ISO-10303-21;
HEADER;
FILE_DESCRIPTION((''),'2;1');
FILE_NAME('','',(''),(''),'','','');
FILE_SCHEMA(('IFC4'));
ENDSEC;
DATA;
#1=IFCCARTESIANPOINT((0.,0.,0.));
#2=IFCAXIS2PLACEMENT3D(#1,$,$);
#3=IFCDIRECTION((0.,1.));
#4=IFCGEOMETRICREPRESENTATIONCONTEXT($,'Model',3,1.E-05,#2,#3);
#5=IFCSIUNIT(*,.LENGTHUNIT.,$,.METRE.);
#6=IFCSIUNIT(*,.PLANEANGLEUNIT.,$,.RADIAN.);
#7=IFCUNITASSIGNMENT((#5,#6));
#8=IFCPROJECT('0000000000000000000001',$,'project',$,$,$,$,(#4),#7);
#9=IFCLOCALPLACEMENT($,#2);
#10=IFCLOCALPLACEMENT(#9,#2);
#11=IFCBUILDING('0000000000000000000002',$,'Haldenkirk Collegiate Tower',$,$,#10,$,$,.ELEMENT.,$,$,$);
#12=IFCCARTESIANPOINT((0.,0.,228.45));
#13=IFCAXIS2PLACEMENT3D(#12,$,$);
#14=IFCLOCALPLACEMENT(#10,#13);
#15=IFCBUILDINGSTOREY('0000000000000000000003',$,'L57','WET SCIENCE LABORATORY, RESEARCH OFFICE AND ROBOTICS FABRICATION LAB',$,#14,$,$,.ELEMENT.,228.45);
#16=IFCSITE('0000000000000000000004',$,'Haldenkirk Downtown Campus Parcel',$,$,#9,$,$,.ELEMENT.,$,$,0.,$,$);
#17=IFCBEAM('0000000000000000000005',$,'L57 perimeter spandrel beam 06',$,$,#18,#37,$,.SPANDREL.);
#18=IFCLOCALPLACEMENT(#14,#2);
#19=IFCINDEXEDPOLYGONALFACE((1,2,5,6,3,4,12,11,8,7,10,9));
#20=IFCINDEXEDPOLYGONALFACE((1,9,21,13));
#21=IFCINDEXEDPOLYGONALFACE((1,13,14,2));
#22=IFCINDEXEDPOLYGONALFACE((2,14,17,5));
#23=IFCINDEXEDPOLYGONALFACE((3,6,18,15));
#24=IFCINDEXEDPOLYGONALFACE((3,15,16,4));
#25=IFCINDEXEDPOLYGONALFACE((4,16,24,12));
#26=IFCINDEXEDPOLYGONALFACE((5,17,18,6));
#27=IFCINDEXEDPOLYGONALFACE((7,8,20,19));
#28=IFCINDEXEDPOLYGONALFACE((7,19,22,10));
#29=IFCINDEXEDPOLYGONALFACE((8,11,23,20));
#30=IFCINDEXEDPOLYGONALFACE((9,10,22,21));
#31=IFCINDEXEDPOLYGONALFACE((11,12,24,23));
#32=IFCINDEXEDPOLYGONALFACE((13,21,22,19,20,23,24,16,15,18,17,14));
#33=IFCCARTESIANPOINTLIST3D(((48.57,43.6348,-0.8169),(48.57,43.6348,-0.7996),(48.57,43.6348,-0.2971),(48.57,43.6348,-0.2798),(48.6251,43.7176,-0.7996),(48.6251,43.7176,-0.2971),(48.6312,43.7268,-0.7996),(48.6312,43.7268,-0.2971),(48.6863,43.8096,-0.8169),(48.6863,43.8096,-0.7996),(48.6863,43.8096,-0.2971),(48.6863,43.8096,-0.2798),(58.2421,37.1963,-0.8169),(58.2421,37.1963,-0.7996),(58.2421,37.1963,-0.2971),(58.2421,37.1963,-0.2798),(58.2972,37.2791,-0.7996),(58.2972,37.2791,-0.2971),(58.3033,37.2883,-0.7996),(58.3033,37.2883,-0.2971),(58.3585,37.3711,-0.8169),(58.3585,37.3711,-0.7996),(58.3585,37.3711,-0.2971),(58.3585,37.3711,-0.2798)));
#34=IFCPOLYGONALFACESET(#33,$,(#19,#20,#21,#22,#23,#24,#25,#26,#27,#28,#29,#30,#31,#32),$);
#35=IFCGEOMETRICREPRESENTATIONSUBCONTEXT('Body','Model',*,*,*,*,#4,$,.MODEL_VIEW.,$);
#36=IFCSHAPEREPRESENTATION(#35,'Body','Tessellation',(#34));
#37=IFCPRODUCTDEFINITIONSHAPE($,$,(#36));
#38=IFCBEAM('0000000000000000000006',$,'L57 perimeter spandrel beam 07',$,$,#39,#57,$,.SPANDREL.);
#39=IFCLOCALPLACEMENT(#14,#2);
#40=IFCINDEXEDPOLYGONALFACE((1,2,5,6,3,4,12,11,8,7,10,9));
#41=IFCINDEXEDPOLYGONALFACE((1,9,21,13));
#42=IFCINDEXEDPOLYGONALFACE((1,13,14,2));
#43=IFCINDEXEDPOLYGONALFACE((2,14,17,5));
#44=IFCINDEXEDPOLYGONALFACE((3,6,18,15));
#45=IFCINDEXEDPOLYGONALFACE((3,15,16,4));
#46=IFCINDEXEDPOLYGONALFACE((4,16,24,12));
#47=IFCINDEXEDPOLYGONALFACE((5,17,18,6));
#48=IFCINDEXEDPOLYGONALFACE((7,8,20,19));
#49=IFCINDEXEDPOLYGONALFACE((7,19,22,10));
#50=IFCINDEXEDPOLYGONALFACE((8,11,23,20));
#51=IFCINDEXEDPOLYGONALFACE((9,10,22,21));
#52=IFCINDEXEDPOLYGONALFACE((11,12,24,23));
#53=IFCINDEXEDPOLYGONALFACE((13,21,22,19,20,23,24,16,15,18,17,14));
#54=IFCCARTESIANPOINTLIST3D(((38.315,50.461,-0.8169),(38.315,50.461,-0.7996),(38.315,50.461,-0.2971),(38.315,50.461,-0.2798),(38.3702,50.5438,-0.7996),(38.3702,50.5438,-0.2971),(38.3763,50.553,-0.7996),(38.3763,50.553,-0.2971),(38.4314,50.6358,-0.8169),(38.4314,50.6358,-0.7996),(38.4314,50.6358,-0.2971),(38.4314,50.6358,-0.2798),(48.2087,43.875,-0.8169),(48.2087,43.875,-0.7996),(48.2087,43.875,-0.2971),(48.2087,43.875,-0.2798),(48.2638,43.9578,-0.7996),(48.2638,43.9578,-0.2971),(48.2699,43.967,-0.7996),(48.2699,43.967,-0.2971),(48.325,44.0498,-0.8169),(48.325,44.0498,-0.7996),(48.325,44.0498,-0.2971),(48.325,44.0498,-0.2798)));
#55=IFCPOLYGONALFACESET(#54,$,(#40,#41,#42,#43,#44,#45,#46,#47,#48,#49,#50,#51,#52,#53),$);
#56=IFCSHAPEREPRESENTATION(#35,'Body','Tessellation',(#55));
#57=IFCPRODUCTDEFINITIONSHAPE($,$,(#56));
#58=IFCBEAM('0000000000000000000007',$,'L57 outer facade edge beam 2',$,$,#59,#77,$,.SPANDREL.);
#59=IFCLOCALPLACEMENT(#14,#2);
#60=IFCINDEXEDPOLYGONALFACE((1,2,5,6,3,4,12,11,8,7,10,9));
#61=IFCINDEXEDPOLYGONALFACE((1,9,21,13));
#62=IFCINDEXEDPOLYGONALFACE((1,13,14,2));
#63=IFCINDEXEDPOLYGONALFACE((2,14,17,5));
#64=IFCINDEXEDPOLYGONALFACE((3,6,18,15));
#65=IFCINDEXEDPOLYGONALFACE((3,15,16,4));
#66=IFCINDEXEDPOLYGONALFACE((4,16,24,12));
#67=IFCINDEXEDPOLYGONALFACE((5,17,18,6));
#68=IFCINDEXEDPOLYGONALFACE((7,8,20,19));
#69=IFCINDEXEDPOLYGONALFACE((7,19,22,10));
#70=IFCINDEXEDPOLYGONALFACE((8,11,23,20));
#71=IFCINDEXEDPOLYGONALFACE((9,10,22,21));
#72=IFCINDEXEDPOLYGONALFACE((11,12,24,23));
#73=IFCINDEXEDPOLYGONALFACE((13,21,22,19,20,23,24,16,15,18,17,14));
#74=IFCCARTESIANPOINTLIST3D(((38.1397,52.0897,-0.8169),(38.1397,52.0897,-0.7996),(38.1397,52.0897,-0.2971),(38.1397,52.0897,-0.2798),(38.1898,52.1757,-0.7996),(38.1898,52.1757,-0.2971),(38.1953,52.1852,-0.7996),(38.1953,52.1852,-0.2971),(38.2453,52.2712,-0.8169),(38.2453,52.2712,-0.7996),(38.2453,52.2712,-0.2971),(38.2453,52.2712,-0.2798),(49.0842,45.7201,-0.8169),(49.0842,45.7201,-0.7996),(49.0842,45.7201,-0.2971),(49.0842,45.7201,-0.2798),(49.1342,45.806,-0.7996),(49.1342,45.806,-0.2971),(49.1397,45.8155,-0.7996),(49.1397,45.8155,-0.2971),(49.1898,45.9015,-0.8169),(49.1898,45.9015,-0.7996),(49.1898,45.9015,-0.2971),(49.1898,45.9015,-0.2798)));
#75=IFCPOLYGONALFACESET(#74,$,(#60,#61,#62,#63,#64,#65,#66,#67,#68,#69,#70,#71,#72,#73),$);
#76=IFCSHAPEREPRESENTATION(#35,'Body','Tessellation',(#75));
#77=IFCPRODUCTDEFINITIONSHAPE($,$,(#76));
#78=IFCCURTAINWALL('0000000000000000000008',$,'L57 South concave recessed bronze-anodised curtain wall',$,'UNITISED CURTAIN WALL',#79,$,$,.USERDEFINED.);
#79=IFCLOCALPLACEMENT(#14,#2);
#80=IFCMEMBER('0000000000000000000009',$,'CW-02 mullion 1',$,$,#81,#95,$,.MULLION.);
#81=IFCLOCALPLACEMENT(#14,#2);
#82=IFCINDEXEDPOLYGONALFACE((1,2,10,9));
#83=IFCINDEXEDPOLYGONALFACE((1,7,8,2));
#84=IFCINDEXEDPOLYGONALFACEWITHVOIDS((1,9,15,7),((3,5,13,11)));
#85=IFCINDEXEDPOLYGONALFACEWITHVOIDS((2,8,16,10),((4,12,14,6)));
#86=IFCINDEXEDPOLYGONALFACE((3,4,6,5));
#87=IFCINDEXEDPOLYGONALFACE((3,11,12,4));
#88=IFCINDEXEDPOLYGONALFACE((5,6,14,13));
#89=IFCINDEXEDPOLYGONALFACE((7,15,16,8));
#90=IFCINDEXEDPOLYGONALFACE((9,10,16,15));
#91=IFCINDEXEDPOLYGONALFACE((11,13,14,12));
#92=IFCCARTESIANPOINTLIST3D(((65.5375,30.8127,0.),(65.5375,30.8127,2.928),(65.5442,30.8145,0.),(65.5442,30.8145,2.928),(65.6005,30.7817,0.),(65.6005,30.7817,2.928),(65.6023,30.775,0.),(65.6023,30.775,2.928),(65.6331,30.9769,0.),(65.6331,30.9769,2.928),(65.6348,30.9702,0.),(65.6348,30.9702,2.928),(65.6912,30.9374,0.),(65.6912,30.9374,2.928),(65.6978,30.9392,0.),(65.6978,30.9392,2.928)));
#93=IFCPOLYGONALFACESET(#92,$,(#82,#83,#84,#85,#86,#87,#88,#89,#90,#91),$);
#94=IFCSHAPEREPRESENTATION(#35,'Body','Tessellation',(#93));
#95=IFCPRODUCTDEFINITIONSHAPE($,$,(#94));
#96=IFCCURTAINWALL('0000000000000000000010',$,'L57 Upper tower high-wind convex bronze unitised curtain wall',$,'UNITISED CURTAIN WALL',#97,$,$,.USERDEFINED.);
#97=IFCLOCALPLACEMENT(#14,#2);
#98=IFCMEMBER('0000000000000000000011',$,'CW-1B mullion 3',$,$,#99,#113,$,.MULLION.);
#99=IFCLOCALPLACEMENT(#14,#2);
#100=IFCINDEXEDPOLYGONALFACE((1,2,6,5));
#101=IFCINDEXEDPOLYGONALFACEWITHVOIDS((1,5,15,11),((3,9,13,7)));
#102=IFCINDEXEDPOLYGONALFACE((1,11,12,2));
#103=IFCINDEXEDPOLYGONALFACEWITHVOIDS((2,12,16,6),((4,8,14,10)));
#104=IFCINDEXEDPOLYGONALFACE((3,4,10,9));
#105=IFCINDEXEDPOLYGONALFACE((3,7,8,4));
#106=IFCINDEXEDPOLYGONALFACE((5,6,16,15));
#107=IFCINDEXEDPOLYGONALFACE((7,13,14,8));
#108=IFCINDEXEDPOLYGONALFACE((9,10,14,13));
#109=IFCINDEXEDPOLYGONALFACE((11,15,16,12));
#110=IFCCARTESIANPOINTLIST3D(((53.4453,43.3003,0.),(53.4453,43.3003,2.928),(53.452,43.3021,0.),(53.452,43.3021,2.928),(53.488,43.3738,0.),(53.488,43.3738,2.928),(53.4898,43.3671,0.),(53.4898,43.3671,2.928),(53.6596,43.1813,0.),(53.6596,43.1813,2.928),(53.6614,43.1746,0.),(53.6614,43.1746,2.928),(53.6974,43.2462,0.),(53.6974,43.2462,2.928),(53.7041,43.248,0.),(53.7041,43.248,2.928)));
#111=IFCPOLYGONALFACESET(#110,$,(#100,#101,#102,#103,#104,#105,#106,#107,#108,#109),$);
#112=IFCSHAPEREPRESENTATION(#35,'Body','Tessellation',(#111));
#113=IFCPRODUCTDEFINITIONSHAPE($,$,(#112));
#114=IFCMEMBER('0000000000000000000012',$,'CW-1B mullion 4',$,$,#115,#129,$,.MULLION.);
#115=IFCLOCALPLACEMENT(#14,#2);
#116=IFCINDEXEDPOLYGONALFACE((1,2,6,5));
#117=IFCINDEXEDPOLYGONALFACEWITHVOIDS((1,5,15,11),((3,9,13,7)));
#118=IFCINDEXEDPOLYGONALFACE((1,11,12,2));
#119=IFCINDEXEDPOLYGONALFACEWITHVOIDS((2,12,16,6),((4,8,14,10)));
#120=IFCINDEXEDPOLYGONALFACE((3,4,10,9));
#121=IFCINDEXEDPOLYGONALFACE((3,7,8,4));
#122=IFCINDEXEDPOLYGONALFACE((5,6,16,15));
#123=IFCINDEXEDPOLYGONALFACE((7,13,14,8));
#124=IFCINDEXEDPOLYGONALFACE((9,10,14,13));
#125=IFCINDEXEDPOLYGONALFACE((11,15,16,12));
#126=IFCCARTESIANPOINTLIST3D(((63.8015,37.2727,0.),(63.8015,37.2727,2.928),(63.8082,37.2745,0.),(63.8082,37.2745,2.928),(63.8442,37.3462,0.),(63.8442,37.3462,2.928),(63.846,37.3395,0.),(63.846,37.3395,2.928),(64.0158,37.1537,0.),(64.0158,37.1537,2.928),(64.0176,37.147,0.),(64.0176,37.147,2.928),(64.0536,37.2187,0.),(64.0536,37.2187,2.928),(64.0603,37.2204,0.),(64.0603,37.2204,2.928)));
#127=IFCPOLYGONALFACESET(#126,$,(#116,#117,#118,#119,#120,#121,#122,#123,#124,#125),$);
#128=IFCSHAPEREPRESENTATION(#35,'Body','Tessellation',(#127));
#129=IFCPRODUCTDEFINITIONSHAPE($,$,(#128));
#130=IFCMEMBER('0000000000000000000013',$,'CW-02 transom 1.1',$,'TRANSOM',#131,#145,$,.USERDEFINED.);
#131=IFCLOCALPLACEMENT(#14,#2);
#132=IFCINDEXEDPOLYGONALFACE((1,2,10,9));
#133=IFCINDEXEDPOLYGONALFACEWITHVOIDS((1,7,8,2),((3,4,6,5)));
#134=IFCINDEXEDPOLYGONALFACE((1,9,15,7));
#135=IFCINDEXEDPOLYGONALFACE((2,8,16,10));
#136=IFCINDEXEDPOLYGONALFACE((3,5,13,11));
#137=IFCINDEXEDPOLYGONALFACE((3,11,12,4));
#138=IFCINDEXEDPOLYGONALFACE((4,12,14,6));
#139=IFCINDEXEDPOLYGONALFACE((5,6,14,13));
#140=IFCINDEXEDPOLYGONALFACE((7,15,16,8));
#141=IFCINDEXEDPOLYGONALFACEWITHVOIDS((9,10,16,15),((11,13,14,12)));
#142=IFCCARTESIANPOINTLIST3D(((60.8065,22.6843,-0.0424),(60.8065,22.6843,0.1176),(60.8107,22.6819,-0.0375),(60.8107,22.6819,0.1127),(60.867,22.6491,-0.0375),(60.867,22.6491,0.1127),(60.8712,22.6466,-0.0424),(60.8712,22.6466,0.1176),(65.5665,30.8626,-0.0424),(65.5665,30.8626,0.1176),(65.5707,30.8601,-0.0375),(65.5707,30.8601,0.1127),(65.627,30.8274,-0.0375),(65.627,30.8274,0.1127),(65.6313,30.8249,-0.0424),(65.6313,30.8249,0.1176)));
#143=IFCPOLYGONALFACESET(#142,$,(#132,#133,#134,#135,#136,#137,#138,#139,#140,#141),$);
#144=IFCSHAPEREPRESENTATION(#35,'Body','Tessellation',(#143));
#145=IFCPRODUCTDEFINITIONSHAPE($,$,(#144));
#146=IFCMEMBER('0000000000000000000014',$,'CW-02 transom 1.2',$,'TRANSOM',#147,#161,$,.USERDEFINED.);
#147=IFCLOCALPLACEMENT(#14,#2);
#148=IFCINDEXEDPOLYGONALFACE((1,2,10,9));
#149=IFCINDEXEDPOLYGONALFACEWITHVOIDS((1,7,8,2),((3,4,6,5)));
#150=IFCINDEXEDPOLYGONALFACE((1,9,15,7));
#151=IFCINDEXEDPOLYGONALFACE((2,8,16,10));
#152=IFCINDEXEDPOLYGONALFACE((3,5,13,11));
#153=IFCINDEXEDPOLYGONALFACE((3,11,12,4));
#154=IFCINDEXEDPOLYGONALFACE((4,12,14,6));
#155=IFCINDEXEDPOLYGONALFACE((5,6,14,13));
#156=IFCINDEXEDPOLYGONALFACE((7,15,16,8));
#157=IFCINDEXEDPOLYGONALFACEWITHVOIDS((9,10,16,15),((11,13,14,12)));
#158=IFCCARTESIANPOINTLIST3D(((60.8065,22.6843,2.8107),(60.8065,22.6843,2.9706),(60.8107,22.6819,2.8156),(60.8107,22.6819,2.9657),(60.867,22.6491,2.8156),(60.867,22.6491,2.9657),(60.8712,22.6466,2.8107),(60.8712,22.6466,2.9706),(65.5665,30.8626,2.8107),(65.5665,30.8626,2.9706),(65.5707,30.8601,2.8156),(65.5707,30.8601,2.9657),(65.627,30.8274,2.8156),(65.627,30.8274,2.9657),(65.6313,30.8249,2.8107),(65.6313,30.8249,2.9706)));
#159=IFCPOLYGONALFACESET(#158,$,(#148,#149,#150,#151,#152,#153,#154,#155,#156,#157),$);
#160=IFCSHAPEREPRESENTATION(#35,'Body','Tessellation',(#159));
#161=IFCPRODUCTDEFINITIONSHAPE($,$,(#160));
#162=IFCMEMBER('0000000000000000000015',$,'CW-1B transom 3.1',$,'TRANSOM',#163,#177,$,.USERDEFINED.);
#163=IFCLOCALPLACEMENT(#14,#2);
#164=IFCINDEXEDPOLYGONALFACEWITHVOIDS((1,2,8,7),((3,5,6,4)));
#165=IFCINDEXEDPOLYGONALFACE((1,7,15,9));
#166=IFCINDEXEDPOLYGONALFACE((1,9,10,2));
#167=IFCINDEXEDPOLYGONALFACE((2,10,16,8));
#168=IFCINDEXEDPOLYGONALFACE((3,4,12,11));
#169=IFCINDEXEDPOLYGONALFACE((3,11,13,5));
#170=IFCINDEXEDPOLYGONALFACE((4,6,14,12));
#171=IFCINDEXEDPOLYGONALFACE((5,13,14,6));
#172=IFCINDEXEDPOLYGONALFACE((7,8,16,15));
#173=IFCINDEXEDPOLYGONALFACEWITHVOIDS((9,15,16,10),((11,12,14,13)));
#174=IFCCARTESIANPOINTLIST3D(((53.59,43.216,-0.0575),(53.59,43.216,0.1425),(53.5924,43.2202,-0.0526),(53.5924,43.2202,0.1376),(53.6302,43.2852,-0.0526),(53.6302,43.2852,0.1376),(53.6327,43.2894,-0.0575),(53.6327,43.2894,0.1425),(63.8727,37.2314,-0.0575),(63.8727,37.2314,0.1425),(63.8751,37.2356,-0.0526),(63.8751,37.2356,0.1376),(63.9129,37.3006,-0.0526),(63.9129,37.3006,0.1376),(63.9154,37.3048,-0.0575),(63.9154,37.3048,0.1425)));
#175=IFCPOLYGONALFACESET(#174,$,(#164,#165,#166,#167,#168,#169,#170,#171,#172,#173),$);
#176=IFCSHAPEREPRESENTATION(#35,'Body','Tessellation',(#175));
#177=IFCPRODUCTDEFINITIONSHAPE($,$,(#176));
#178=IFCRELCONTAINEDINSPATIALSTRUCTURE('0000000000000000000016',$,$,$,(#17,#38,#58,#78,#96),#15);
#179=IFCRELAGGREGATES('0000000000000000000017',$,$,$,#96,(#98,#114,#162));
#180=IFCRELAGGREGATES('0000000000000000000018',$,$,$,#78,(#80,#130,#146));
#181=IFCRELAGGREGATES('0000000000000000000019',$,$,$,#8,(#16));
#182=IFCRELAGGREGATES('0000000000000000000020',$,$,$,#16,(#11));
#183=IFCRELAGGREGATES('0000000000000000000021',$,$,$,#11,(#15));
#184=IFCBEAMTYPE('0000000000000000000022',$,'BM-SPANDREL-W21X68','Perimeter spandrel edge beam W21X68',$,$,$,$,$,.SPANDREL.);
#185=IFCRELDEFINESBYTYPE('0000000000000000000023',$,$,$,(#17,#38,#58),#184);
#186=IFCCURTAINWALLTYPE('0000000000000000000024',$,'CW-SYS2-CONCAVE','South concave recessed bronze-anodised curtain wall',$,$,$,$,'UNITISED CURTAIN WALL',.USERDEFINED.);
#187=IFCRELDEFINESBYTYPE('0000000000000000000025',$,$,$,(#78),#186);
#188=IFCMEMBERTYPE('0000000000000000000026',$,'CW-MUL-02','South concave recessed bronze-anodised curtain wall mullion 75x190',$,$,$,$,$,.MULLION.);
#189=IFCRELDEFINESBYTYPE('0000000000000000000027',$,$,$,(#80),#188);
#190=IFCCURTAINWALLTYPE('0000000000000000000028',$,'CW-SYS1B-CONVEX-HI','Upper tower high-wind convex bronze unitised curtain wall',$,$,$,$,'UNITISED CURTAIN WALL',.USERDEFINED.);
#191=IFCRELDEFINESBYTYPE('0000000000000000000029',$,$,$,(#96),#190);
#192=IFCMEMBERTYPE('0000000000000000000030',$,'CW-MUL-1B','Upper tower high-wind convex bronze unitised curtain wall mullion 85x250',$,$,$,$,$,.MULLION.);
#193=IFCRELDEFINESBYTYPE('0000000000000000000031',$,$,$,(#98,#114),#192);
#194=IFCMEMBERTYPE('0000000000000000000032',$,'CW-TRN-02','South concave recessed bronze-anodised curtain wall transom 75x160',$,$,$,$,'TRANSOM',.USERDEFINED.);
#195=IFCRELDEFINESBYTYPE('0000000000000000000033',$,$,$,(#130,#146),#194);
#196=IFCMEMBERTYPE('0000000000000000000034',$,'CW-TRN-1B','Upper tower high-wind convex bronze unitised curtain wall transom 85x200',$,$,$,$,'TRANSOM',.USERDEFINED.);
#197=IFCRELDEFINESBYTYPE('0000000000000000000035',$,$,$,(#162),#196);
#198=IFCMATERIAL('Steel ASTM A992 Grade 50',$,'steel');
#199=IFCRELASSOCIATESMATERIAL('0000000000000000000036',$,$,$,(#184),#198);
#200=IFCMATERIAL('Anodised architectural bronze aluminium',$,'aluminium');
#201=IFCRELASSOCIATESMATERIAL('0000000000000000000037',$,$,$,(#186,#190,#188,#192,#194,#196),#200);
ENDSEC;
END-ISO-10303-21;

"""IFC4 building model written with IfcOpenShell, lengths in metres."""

from ifc_helpers import new_model, si_unit, direction, frame, origin, origin_2d, place, context, subcontext, project, spatial, hollow_rectangle, i_section, extrude, material, material_profile, profile_set, type_object, element, aggregate, save


model = new_model("IFC4")

# Units and contexts
model_context = context("Model", 3, precision=1e-05, world=origin(), true_north=direction((0.0, 1.0)))
body_context = subcontext(model_context, "Body", "Model", "MODEL_VIEW")
ifc_project = project(units=[si_unit("LENGTHUNIT", "METRE"), si_unit("PLANEANGLEUNIT", "RADIAN")], contexts=[model_context])

# Site, building, storey
site_placement = place(None, origin())
site = spatial("IfcSite", under=ifc_project, at=site_placement, Name="Haldenkirk Downtown Campus Parcel", CompositionType="ELEMENT", RefElevation=0.0)
building_placement = place(site_placement, origin())
building = spatial("IfcBuilding", under=site, at=building_placement, Name="Haldenkirk Collegiate Tower", CompositionType="ELEMENT")
storey_placement = place(building_placement, frame((0.0, 0.0, 228.45)))
storey = spatial("IfcBuildingStorey", under=building, at=storey_placement, Name="L57", Description="WET SCIENCE LABORATORY, RESEARCH OFFICE AND ROBOTICS FABRICATION LAB", CompositionType="ELEMENT", Elevation=228.45)

# Beams
ifc_material_1 = material(Name="Steel ASTM A992 Grade 50", Category="steel")
ifc_material_profile_1 = material_profile(ifc_material_1, i_section(OverallWidth=0.21, OverallDepth=0.5371, WebThickness=0.011, FlangeThickness=0.0173, at=origin_2d()), Name="W21X68")
ifc_profile_set_1 = profile_set([ifc_material_profile_1], Name="Steel ASTM A992 Grade 50")
beam_type_1 = type_object("IfcBeamType", Name="BM-SPANDREL-W21X68", Description="Perimeter spandrel edge beam W21X68", PredefinedType="SPANDREL", material=ifc_profile_set_1)
beam_1_placement = place(storey_placement, frame((58.3003, 37.2837, -0.5483), z_axis=(-0.832432, 0.554128, 0.0), x_axis=(-0.554128, -0.832432, 0.0)))
element("IfcBeam", 1, at=beam_1_placement, inside=storey, type_object=beam_type_1, Name="L57 perimeter spandrel beam 06", PredefinedType="SPANDREL", context=body_context, shape_type="SweptSolid", body=[
    extrude(i_section(OverallWidth=0.21, OverallDepth=0.5371, WebThickness=0.011, FlangeThickness=0.0173, at=origin_2d()), origin(), (0.0, 0.0, 1.0), 11.6191),
])
beam_2_placement = place(storey_placement, frame((48.2668, 43.9624, -0.5483), z_axis=(-0.832429, 0.554131, 0.0), x_axis=(-0.554131, -0.832429, 0.0)))
element("IfcBeam", 2, at=beam_2_placement, inside=storey, type_object=beam_type_1, Name="L57 perimeter spandrel beam 07", PredefinedType="SPANDREL", context=body_context, shape_type="SweptSolid", body=[
    extrude(i_section(OverallWidth=0.21, OverallDepth=0.5371, WebThickness=0.011, FlangeThickness=0.0173, at=origin_2d()), origin(), (0.0, 0.0, 1.0), 11.8853),
])
beam_3_placement = place(storey_placement, frame((49.137, 45.8108, -0.5483), z_axis=(-0.864279, 0.503012, 0.0), x_axis=(-0.503012, -0.864279, 0.0)))
element("IfcBeam", 3, at=beam_3_placement, inside=storey, type_object=beam_type_1, Name="L57 outer facade edge beam 2", PredefinedType="SPANDREL", context=body_context, shape_type="SweptSolid", body=[
    extrude(i_section(OverallWidth=0.21, OverallDepth=0.5371, WebThickness=0.011, FlangeThickness=0.0173, at=origin_2d()), origin(), (0.0, 0.0, 1.0), 12.6631),
])

# Curtain wall, member
ifc_material_2 = material(Name="Anodised architectural bronze aluminium", Category="aluminium")
curtain_wall_type_1 = type_object("IfcCurtainWallType", Name="CW-SYS2-CONCAVE", Description="South concave recessed bronze-anodised curtain wall", ElementType="UNITISED CURTAIN WALL", PredefinedType="USERDEFINED", material=ifc_material_2)
curtain_wall_1_placement = place(storey_placement, origin())
curtain_wall_1 = element("IfcCurtainWall", 4, at=curtain_wall_1_placement, inside=storey, type_object=curtain_wall_type_1, Name="L57 South concave recessed bronze-anodised curtain wall", ObjectType="UNITISED CURTAIN WALL", PredefinedType="USERDEFINED")
ifc_material_profile_2 = material_profile(ifc_material_2, hollow_rectangle(XDim=0.075, YDim=0.1899, WallThickness=0.0049, at=origin_2d()), Name="CW-MUL-02")
ifc_profile_set_2 = profile_set([ifc_material_profile_2], Name="Anodised architectural bronze aluminium")
member_type_1 = type_object("IfcMemberType", Name="CW-MUL-02", Description="South concave recessed bronze-anodised curtain wall mullion 75x190", PredefinedType="MULLION", material=ifc_profile_set_2)
member_1_placement = place(storey_placement, frame((65.6177, 30.876, 0.0), z_axis=(0.0, 0.0, 1.0), x_axis=(0.864276, -0.503019, 0.0)))
member_1 = element("IfcMember", 5, at=member_1_placement, type_object=member_type_1, Name="CW-02 mullion 1", PredefinedType="MULLION", context=body_context, shape_type="SweptSolid", body=[
    extrude(hollow_rectangle(XDim=0.075, YDim=0.1899, WallThickness=0.0049, at=origin_2d()), origin(), (0.0, 0.0, 1.0), 2.928),
])

# Curtain wall, members
curtain_wall_type_2 = type_object("IfcCurtainWallType", Name="CW-SYS1B-CONVEX-HI", Description="Upper tower high-wind convex bronze unitised curtain wall", ElementType="UNITISED CURTAIN WALL", PredefinedType="USERDEFINED", material=ifc_material_2)
curtain_wall_2_placement = place(storey_placement, origin())
curtain_wall_2 = element("IfcCurtainWall", 6, at=curtain_wall_2_placement, inside=storey, type_object=curtain_wall_type_2, Name="L57 Upper tower high-wind convex bronze unitised curtain wall", ObjectType="UNITISED CURTAIN WALL", PredefinedType="USERDEFINED")
ifc_material_profile_3 = material_profile(ifc_material_2, hollow_rectangle(XDim=0.085, YDim=0.25, WallThickness=0.0049, at=origin_2d()), Name="CW-MUL-1B")
ifc_profile_set_3 = profile_set([ifc_material_profile_3], Name="Anodised architectural bronze aluminium")
member_type_2 = type_object("IfcMemberType", Name="CW-MUL-1B", Description="Upper tower high-wind convex bronze unitised curtain wall mullion 85x250", PredefinedType="MULLION", material=ifc_profile_set_3)
member_2_placement = place(storey_placement, frame((53.5747, 43.2742, 0.0), z_axis=(0.0, 0.0, 1.0), x_axis=(0.50302, 0.864275, 0.0)))
member_2 = element("IfcMember", 7, at=member_2_placement, type_object=member_type_2, Name="CW-1B mullion 3", PredefinedType="MULLION", context=body_context, shape_type="SweptSolid", body=[
    extrude(hollow_rectangle(XDim=0.085, YDim=0.25, WallThickness=0.0049, at=origin_2d()), origin(), (0.0, 0.0, 1.0), 2.928),
])
member_3_placement = place(storey_placement, frame((63.9309, 37.2466, 0.0), z_axis=(0.0, 0.0, 1.0), x_axis=(0.50302, 0.864275, 0.0)))
member_3 = element("IfcMember", 8, at=member_3_placement, type_object=member_type_2, Name="CW-1B mullion 4", PredefinedType="MULLION", context=body_context, shape_type="SweptSolid", body=[
    extrude(hollow_rectangle(XDim=0.085, YDim=0.25, WallThickness=0.0049, at=origin_2d()), origin(), (0.0, 0.0, 1.0), 2.928),
])

# Members
ifc_material_profile_4 = material_profile(ifc_material_2, hollow_rectangle(XDim=0.075, YDim=0.1599, WallThickness=0.0049, at=origin_2d()), Name="CW-TRN-02")
ifc_profile_set_4 = profile_set([ifc_material_profile_4], Name="Anodised architectural bronze aluminium")
member_type_3 = type_object("IfcMemberType", Name="CW-TRN-02", Description="South concave recessed bronze-anodised curtain wall transom 75x160", ElementType="TRANSOM", PredefinedType="USERDEFINED", material=ifc_profile_set_4)
member_4_placement = place(storey_placement, frame((65.5989, 30.8438, 0.0376), z_axis=(-0.503033, -0.864267, 0.0), x_axis=(0.864267, -0.503033, 0.0)))
member_4 = element("IfcMember", 9, at=member_4_placement, type_object=member_type_3, Name="CW-02 transom 1.1", ObjectType="TRANSOM", PredefinedType="USERDEFINED", context=body_context, shape_type="SweptSolid", body=[
    extrude(hollow_rectangle(XDim=0.075, YDim=0.1599, WallThickness=0.0049, at=origin_2d()), origin(), (0.0, 0.0, 1.0), 9.4626),
])
member_5_placement = place(storey_placement, frame((65.5989, 30.8438, 2.8906), z_axis=(-0.503033, -0.864267, 0.0), x_axis=(0.864267, -0.503033, 0.0)))
member_5 = element("IfcMember", 10, at=member_5_placement, type_object=member_type_3, Name="CW-02 transom 1.2", ObjectType="TRANSOM", PredefinedType="USERDEFINED", context=body_context, shape_type="SweptSolid", body=[
    extrude(hollow_rectangle(XDim=0.075, YDim=0.1599, WallThickness=0.0049, at=origin_2d()), origin(), (0.0, 0.0, 1.0), 9.4626),
])
ifc_material_profile_5 = material_profile(ifc_material_2, hollow_rectangle(XDim=0.085, YDim=0.2, WallThickness=0.0049, at=origin_2d()), Name="CW-TRN-1B")
ifc_profile_set_5 = profile_set([ifc_material_profile_5], Name="Anodised architectural bronze aluminium")
member_type_4 = type_object("IfcMemberType", Name="CW-TRN-1B", Description="Upper tower high-wind convex bronze unitised curtain wall transom 85x200", ElementType="TRANSOM", PredefinedType="USERDEFINED", material=ifc_profile_set_5)
member_6_placement = place(storey_placement, frame((53.6113, 43.2527, 0.0425), z_axis=(0.864277, -0.503016, 0.0), x_axis=(0.503016, 0.864277, 0.0)))
member_6 = element("IfcMember", 11, at=member_6_placement, type_object=member_type_4, Name="CW-1B transom 3.1", ObjectType="TRANSOM", PredefinedType="USERDEFINED", context=body_context, shape_type="SweptSolid", body=[
    extrude(hollow_rectangle(XDim=0.085, YDim=0.2, WallThickness=0.0049, at=origin_2d()), origin(), (0.0, 0.0, 1.0), 11.8975),
])

aggregate(curtain_wall_2, [member_2, member_3, member_6])
aggregate(curtain_wall_1, [member_1, member_4, member_5])

save(model, "model.ifc")
